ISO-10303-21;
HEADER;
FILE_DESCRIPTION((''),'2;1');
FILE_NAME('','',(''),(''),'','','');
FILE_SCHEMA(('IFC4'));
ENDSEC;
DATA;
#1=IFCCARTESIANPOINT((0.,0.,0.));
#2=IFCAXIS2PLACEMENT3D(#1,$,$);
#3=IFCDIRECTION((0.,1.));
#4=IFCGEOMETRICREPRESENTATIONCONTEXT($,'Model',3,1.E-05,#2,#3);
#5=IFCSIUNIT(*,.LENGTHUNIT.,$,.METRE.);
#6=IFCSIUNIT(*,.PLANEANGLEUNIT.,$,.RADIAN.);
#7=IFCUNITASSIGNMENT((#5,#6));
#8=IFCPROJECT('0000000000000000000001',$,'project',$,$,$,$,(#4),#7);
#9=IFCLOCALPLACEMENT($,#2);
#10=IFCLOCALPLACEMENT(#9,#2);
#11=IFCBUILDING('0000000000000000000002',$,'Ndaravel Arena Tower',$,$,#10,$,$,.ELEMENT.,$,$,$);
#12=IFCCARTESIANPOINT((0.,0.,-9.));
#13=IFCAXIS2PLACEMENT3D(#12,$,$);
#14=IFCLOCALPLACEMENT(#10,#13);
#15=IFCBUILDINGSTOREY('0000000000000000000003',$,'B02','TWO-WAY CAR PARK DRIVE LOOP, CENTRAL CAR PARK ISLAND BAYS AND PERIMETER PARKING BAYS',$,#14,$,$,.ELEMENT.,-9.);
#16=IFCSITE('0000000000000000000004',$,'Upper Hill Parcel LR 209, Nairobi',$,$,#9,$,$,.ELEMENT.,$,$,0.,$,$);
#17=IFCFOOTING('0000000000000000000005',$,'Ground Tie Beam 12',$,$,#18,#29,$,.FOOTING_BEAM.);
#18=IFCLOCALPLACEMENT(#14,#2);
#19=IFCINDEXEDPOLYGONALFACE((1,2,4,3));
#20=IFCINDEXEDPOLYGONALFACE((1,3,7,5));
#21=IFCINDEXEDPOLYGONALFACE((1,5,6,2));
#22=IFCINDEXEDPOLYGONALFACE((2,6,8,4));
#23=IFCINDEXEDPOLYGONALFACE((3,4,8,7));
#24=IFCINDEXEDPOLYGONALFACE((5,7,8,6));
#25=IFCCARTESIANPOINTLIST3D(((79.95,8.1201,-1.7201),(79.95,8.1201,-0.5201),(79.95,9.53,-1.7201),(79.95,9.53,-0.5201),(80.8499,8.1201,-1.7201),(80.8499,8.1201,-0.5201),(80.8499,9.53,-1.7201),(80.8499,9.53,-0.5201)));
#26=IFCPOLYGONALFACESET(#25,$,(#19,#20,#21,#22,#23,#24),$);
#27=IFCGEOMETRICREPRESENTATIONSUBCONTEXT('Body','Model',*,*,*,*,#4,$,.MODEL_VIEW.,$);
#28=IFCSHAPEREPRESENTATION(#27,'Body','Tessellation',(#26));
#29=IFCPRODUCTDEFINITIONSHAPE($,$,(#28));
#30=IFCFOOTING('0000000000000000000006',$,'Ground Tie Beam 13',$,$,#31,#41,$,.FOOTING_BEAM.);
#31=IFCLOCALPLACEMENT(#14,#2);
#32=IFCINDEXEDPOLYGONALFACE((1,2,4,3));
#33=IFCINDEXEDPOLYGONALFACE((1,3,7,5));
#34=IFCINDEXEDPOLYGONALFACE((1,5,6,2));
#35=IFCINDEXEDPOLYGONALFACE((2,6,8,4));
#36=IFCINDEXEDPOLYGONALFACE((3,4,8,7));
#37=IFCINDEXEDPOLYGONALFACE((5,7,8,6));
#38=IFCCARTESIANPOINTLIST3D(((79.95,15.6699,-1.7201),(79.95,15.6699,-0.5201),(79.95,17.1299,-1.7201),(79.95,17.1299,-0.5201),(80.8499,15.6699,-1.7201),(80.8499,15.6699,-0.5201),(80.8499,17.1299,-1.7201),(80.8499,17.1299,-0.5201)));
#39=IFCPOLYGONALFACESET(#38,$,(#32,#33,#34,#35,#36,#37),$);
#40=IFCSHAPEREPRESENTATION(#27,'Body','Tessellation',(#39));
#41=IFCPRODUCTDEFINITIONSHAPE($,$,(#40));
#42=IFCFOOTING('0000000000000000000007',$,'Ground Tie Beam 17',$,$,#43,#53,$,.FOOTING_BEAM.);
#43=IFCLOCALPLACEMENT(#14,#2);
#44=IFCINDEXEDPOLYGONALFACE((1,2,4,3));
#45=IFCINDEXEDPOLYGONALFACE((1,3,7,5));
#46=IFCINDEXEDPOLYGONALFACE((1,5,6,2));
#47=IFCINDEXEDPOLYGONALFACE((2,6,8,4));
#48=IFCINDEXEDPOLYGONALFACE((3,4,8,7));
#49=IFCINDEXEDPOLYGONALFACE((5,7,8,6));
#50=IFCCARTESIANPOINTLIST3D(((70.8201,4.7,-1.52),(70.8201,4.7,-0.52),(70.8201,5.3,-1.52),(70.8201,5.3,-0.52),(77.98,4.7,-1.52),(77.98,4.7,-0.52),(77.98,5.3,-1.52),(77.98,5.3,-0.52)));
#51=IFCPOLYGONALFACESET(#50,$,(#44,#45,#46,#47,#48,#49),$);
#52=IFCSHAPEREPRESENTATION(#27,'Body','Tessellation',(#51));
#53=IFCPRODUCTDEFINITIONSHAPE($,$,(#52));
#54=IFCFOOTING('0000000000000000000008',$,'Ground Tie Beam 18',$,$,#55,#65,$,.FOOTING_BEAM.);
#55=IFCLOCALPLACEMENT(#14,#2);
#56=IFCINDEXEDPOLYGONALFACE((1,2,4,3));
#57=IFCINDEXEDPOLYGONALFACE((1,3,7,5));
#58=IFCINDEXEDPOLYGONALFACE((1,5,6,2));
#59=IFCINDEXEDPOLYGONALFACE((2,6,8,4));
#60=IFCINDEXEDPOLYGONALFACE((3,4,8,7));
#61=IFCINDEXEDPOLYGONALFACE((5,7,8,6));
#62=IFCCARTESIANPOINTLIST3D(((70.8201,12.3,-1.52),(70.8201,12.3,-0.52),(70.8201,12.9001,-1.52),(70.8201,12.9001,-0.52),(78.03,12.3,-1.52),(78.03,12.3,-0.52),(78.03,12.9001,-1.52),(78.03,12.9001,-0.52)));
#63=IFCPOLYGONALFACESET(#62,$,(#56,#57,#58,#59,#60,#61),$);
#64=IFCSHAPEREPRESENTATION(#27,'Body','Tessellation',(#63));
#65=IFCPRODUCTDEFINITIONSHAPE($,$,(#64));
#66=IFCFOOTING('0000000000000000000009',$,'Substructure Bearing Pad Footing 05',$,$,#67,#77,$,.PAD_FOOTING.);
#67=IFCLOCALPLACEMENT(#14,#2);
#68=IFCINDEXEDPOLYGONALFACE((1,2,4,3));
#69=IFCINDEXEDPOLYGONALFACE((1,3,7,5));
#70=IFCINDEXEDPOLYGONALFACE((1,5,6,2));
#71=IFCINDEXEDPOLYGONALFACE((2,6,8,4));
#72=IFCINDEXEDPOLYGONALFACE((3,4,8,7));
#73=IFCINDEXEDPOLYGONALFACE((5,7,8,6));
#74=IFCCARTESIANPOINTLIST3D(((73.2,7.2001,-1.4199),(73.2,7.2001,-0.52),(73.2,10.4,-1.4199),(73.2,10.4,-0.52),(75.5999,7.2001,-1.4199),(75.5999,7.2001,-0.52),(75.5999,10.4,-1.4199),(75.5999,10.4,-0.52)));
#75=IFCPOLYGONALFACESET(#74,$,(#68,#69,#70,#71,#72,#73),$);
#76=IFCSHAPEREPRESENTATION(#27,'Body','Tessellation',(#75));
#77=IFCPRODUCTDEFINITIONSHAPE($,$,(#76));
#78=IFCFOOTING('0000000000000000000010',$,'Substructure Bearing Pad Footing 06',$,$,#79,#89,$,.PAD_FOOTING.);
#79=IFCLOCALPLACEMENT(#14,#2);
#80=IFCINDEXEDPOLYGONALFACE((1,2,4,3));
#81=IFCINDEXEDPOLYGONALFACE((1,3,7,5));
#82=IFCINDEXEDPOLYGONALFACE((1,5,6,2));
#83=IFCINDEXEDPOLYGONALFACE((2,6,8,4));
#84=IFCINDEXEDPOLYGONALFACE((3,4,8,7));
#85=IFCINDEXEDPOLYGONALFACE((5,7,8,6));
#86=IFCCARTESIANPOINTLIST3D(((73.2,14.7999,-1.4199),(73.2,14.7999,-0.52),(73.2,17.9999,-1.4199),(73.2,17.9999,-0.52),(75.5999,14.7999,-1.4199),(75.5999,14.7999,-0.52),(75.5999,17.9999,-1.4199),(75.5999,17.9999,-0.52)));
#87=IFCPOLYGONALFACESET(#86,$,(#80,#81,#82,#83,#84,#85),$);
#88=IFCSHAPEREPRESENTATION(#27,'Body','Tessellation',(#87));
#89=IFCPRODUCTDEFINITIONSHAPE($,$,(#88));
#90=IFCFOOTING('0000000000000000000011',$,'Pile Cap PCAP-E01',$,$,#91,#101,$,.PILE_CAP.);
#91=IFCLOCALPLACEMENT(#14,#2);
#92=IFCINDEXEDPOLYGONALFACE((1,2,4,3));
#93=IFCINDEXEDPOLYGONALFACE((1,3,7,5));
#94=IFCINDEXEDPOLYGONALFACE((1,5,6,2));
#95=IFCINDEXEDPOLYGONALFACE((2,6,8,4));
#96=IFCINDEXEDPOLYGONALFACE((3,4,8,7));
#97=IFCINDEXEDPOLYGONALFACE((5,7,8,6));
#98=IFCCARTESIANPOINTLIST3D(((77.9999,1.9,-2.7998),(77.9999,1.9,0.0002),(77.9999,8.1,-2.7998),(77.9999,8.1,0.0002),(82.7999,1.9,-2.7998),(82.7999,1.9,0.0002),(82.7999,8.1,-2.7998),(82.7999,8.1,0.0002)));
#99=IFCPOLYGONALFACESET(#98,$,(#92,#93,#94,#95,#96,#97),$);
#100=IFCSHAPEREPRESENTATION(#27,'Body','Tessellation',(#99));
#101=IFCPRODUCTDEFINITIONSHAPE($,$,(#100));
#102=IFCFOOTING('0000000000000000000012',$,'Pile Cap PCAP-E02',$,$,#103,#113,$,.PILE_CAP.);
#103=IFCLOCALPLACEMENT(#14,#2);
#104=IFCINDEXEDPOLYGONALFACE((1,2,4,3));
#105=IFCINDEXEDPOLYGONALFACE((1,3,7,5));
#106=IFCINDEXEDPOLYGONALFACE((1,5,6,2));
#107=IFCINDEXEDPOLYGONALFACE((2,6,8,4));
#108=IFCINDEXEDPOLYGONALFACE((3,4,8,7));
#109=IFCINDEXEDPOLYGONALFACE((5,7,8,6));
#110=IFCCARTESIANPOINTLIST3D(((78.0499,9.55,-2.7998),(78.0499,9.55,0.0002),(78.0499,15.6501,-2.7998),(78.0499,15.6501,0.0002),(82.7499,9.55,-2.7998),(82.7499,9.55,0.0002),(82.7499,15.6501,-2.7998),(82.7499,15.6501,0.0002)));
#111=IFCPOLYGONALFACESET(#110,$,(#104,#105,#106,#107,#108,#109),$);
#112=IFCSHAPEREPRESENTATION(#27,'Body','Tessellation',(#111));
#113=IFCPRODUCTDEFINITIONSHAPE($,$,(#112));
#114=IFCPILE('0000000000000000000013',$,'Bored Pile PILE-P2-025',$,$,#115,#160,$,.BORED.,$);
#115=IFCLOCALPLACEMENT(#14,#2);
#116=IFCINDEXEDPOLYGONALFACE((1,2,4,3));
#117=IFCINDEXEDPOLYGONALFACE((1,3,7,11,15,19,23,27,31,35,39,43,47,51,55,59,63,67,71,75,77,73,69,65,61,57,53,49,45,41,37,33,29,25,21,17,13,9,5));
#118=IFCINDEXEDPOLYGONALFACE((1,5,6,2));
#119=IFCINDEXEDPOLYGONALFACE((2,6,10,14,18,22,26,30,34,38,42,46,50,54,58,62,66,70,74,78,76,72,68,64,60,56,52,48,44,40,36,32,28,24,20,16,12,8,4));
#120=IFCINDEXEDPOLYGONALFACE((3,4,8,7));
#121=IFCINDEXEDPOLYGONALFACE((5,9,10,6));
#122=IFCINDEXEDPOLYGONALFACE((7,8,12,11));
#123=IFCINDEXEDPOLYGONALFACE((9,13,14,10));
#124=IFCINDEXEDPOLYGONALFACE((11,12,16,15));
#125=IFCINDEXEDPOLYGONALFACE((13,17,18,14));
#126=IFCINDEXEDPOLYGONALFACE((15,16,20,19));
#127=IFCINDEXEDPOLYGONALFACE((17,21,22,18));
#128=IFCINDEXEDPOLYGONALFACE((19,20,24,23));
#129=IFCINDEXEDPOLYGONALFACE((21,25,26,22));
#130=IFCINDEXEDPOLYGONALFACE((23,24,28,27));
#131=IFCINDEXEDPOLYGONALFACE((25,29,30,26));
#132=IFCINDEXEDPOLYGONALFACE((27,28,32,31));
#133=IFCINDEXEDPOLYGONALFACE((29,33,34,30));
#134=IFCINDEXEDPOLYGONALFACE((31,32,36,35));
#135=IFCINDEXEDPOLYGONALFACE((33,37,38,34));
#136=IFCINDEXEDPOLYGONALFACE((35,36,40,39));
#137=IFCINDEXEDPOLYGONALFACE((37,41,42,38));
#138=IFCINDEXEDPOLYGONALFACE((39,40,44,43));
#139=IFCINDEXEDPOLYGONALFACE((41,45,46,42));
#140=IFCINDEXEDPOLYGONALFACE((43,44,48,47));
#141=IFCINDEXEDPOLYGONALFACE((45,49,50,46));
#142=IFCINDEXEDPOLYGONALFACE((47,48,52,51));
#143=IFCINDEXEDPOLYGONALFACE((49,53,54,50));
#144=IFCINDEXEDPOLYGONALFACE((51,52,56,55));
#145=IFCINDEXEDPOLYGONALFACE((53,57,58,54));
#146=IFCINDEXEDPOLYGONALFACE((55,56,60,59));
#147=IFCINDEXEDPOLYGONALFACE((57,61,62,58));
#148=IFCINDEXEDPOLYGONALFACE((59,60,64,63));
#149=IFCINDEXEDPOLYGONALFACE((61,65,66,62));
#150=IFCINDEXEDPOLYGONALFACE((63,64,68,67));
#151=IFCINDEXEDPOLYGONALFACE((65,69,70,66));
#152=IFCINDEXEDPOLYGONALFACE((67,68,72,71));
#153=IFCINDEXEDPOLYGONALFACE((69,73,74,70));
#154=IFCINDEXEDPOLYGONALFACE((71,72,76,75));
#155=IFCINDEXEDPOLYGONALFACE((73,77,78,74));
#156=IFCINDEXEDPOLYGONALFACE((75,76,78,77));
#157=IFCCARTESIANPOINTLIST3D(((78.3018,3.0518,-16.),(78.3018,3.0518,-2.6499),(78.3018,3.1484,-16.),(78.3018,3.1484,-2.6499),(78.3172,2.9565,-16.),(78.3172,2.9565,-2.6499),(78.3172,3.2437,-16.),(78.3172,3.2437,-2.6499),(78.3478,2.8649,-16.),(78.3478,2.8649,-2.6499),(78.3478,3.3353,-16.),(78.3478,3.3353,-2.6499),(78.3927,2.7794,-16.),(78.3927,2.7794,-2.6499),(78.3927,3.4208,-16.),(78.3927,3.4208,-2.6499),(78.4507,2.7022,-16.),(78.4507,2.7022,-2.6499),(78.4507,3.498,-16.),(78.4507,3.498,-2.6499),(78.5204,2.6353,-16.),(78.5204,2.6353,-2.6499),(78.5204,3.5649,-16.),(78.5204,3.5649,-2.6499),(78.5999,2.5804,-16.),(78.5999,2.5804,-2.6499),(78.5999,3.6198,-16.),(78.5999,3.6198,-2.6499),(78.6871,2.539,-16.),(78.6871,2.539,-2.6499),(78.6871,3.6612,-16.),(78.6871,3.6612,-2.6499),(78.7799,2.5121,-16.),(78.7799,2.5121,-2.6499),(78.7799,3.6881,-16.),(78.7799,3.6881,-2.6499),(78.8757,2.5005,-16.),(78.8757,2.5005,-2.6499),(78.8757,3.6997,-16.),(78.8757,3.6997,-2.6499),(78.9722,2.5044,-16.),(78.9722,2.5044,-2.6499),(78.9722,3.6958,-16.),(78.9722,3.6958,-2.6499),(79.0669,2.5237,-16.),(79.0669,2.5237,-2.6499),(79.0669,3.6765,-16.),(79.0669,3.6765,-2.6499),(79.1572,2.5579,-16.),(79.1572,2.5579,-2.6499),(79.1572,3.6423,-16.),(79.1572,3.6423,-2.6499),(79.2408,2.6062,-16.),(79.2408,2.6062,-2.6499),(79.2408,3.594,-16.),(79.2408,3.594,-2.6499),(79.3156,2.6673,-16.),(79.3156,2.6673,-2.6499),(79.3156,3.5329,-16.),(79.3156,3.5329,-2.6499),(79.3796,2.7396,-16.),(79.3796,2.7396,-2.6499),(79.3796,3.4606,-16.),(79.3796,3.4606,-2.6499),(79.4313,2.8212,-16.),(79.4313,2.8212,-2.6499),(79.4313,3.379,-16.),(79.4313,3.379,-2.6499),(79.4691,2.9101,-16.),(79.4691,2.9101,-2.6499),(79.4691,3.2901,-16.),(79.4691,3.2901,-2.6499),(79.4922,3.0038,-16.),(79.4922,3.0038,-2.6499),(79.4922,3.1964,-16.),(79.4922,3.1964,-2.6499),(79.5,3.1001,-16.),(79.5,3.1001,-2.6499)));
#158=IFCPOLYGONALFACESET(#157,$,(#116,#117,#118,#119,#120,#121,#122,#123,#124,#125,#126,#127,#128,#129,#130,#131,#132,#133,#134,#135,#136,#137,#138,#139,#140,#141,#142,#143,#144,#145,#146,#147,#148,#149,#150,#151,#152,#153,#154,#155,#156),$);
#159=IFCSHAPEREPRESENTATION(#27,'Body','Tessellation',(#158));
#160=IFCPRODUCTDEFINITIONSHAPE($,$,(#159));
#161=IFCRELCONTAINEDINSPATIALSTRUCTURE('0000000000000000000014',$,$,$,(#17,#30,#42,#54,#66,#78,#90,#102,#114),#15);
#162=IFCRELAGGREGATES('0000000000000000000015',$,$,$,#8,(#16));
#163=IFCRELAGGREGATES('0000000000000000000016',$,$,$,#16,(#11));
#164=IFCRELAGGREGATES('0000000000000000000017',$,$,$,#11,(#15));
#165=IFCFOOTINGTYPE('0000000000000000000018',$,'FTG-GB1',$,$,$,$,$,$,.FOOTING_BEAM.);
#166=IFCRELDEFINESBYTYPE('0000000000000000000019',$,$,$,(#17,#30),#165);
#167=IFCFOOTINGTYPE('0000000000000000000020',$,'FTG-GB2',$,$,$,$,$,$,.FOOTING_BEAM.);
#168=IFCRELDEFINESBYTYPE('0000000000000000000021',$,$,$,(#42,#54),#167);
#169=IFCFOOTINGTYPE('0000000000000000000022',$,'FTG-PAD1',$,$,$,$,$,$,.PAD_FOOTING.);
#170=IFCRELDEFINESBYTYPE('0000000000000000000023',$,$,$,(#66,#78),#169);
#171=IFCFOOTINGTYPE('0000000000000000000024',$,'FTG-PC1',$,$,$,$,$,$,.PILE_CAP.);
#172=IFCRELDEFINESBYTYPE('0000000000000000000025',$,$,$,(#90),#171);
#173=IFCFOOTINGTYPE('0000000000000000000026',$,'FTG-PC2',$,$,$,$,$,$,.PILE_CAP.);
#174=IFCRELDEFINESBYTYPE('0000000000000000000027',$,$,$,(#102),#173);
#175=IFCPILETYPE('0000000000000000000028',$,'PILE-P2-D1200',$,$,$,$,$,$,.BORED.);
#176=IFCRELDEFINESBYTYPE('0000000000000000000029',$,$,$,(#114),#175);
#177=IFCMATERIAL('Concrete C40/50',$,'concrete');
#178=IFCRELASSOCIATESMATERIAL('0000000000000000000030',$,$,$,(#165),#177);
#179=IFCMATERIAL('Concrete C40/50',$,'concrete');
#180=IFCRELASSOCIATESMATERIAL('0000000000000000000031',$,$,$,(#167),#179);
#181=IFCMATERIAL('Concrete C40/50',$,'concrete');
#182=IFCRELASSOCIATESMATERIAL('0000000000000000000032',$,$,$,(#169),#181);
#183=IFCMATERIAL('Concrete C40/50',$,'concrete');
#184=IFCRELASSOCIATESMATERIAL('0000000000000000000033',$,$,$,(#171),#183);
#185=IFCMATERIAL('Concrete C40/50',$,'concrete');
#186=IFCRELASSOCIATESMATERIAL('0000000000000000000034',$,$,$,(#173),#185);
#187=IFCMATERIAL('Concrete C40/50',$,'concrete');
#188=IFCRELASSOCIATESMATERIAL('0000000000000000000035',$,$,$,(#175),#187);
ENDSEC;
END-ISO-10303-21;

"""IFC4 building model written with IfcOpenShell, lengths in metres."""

from ifc_helpers import new_model, si_unit, direction, frame, origin, origin_2d, place, context, subcontext, project, spatial, rectangle, circle, extrude, material, material_profile, profile_set, type_object, element, save


model = new_model("IFC4")

# Units and contexts
model_context = context("Model", 3, precision=1e-05, world=origin(), true_north=direction((0.0, 1.0)))
body_context = subcontext(model_context, "Body", "Model", "MODEL_VIEW")
ifc_project = project(units=[si_unit("LENGTHUNIT", "METRE"), si_unit("PLANEANGLEUNIT", "RADIAN")], contexts=[model_context])

# Site, building, storey
site_placement = place(None, origin())
site = spatial("IfcSite", under=ifc_project, at=site_placement, Name="Upper Hill Parcel LR 209, Nairobi", CompositionType="ELEMENT", RefElevation=0.0)
building_placement = place(site_placement, origin())
building = spatial("IfcBuilding", under=site, at=building_placement, Name="Ndaravel Arena Tower", CompositionType="ELEMENT")
storey_placement = place(building_placement, frame((0.0, 0.0, -9.0)))
storey = spatial("IfcBuildingStorey", under=building, at=storey_placement, Name="B02", Description="TWO-WAY CAR PARK DRIVE LOOP, CENTRAL CAR PARK ISLAND BAYS AND PERIMETER PARKING BAYS", CompositionType="ELEMENT", Elevation=-9.0)

# Footings
ifc_material_1 = material(Name="Concrete C40/50", Category="concrete")
ifc_material_profile_1 = material_profile(ifc_material_1, rectangle(XDim=0.8999, YDim=1.2, at=origin_2d()), Name="RC 900x1200")
ifc_profile_set_1 = profile_set([ifc_material_profile_1], Name="Concrete C40/50")
footing_type_1 = type_object("IfcFootingType", Name="FTG-GB1", PredefinedType="FOOTING_BEAM", material=ifc_profile_set_1)
footing_1_placement = place(storey_placement, frame((80.3999, 8.1201, -1.1201), z_axis=(0.0, 1.0, 0.0), x_axis=(-1.0, 0.0, 0.0)))
element("IfcFooting", 1, at=footing_1_placement, inside=storey, type_object=footing_type_1, Name="Ground Tie Beam 12", PredefinedType="FOOTING_BEAM", context=body_context, shape_type="SweptSolid", body=[
    extrude(rectangle(XDim=0.8999, YDim=1.2, at=origin_2d()), origin(), (0.0, 0.0, 1.0), 1.4099),
])
footing_2_placement = place(storey_placement, frame((80.3999, 15.6699, -1.1201), z_axis=(0.0, 1.0, 0.0), x_axis=(-1.0, 0.0, 0.0)))
element("IfcFooting", 2, at=footing_2_placement, inside=storey, type_object=footing_type_1, Name="Ground Tie Beam 13", PredefinedType="FOOTING_BEAM", context=body_context, shape_type="SweptSolid", body=[
    extrude(rectangle(XDim=0.8999, YDim=1.2, at=origin_2d()), origin(), (0.0, 0.0, 1.0), 1.46),
])
ifc_material_2 = material(Name="Concrete C40/50", Category="concrete")
ifc_material_profile_2 = material_profile(ifc_material_2, rectangle(XDim=0.6001, YDim=1.0, at=origin_2d()), Name="RC 600x1000")
ifc_profile_set_2 = profile_set([ifc_material_profile_2], Name="Concrete C40/50")
footing_type_2 = type_object("IfcFootingType", Name="FTG-GB2", PredefinedType="FOOTING_BEAM", material=ifc_profile_set_2)
footing_3_placement = place(storey_placement, frame((70.8201, 5.0, -1.02), z_axis=(1.0, 0.0, 0.0), x_axis=(0.0, 1.0, 0.0)))
element("IfcFooting", 3, at=footing_3_placement, inside=storey, type_object=footing_type_2, Name="Ground Tie Beam 17", PredefinedType="FOOTING_BEAM", context=body_context, shape_type="SweptSolid", body=[
    extrude(rectangle(XDim=0.6001, YDim=1.0, at=origin_2d()), origin(), (0.0, 0.0, 1.0), 7.1599),
])
footing_4_placement = place(storey_placement, frame((70.8201, 12.6001, -1.02), z_axis=(1.0, 0.0, 0.0), x_axis=(0.0, 1.0, 0.0)))
element("IfcFooting", 4, at=footing_4_placement, inside=storey, type_object=footing_type_2, Name="Ground Tie Beam 18", PredefinedType="FOOTING_BEAM", context=body_context, shape_type="SweptSolid", body=[
    extrude(rectangle(XDim=0.6001, YDim=1.0, at=origin_2d()), origin(), (0.0, 0.0, 1.0), 7.21),
])
ifc_material_3 = material(Name="Concrete C40/50", Category="concrete")
footing_type_3 = type_object("IfcFootingType", Name="FTG-PAD1", PredefinedType="PAD_FOOTING", material=ifc_material_3)
for number, where, z_axis, x_axis, name in (
    (5, (74.3999, 8.8, -1.4199), (0.0, 0.0, 1.0), (1.0, 0.0, 0.0), "Substructure Bearing Pad Footing 05"),
    (6, (74.3999, 16.3999, -1.4199), (0.0, 0.0, 1.0), (1.0, 0.0, 0.0), "Substructure Bearing Pad Footing 06"),
):
    element("IfcFooting", number, at=place(storey_placement, frame(where, z_axis=z_axis, x_axis=x_axis)), inside=storey, type_object=footing_type_3, Name=name, PredefinedType="PAD_FOOTING", context=body_context, shape_type="SweptSolid", body=[
        extrude(rectangle(XDim=2.3999, YDim=3.2, at=origin_2d()), origin(), (0.0, 0.0, 1.0), 0.8999),
    ])
ifc_material_4 = material(Name="Concrete C40/50", Category="concrete")
footing_type_4 = type_object("IfcFootingType", Name="FTG-PC1", PredefinedType="PILE_CAP", material=ifc_material_4)
footing_5_placement = place(storey_placement, frame((80.3999, 5.0, -2.7998), z_axis=(0.0, 0.0, 1.0), x_axis=(1.0, 0.0, 0.0)))
element("IfcFooting", 7, at=footing_5_placement, inside=storey, type_object=footing_type_4, Name="Pile Cap PCAP-E01", PredefinedType="PILE_CAP", context=body_context, shape_type="SweptSolid", body=[
    extrude(rectangle(XDim=4.8, YDim=6.2, at=origin_2d()), origin(), (0.0, 0.0, 1.0), 2.8),
])
ifc_material_5 = material(Name="Concrete C40/50", Category="concrete")
footing_type_5 = type_object("IfcFootingType", Name="FTG-PC2", PredefinedType="PILE_CAP", material=ifc_material_5)
footing_6_placement = place(storey_placement, frame((80.3999, 12.6001, -2.7998), z_axis=(0.0, 0.0, 1.0), x_axis=(1.0, 0.0, 0.0)))
element("IfcFooting", 8, at=footing_6_placement, inside=storey, type_object=footing_type_5, Name="Pile Cap PCAP-E02", PredefinedType="PILE_CAP", context=body_context, shape_type="SweptSolid", body=[
    extrude(rectangle(XDim=4.7, YDim=6.1001, at=origin_2d()), origin(), (0.0, 0.0, 1.0), 2.8),
])

# Pile
ifc_material_6 = material(Name="Concrete C40/50", Category="concrete")
ifc_material_profile_3 = material_profile(ifc_material_6, circle(Radius=0.6001, at=origin_2d()), Name="BORED PILE D1200")
ifc_profile_set_3 = profile_set([ifc_material_profile_3], Name="Concrete C40/50")
pile_type = type_object("IfcPileType", Name="PILE-P2-D1200", PredefinedType="BORED", material=ifc_profile_set_3)
for number, where, z_axis, x_axis, name in (
    (9, (78.8999, 3.1001, -2.6499), (0.0, 0.0, -1.0), (1.0, 0.0, 0.0), "Bored Pile PILE-P2-025"),
):
    element("IfcPile", number, at=place(storey_placement, frame(where, z_axis=z_axis, x_axis=x_axis)), inside=storey, type_object=pile_type, Name=name, PredefinedType="BORED", context=body_context, shape_type="SweptSolid", body=[
        extrude(circle(Radius=0.6001, at=origin_2d()), origin(), (0.0, 0.0, 1.0), 13.3501),
    ])

save(model, "model.ifc")
